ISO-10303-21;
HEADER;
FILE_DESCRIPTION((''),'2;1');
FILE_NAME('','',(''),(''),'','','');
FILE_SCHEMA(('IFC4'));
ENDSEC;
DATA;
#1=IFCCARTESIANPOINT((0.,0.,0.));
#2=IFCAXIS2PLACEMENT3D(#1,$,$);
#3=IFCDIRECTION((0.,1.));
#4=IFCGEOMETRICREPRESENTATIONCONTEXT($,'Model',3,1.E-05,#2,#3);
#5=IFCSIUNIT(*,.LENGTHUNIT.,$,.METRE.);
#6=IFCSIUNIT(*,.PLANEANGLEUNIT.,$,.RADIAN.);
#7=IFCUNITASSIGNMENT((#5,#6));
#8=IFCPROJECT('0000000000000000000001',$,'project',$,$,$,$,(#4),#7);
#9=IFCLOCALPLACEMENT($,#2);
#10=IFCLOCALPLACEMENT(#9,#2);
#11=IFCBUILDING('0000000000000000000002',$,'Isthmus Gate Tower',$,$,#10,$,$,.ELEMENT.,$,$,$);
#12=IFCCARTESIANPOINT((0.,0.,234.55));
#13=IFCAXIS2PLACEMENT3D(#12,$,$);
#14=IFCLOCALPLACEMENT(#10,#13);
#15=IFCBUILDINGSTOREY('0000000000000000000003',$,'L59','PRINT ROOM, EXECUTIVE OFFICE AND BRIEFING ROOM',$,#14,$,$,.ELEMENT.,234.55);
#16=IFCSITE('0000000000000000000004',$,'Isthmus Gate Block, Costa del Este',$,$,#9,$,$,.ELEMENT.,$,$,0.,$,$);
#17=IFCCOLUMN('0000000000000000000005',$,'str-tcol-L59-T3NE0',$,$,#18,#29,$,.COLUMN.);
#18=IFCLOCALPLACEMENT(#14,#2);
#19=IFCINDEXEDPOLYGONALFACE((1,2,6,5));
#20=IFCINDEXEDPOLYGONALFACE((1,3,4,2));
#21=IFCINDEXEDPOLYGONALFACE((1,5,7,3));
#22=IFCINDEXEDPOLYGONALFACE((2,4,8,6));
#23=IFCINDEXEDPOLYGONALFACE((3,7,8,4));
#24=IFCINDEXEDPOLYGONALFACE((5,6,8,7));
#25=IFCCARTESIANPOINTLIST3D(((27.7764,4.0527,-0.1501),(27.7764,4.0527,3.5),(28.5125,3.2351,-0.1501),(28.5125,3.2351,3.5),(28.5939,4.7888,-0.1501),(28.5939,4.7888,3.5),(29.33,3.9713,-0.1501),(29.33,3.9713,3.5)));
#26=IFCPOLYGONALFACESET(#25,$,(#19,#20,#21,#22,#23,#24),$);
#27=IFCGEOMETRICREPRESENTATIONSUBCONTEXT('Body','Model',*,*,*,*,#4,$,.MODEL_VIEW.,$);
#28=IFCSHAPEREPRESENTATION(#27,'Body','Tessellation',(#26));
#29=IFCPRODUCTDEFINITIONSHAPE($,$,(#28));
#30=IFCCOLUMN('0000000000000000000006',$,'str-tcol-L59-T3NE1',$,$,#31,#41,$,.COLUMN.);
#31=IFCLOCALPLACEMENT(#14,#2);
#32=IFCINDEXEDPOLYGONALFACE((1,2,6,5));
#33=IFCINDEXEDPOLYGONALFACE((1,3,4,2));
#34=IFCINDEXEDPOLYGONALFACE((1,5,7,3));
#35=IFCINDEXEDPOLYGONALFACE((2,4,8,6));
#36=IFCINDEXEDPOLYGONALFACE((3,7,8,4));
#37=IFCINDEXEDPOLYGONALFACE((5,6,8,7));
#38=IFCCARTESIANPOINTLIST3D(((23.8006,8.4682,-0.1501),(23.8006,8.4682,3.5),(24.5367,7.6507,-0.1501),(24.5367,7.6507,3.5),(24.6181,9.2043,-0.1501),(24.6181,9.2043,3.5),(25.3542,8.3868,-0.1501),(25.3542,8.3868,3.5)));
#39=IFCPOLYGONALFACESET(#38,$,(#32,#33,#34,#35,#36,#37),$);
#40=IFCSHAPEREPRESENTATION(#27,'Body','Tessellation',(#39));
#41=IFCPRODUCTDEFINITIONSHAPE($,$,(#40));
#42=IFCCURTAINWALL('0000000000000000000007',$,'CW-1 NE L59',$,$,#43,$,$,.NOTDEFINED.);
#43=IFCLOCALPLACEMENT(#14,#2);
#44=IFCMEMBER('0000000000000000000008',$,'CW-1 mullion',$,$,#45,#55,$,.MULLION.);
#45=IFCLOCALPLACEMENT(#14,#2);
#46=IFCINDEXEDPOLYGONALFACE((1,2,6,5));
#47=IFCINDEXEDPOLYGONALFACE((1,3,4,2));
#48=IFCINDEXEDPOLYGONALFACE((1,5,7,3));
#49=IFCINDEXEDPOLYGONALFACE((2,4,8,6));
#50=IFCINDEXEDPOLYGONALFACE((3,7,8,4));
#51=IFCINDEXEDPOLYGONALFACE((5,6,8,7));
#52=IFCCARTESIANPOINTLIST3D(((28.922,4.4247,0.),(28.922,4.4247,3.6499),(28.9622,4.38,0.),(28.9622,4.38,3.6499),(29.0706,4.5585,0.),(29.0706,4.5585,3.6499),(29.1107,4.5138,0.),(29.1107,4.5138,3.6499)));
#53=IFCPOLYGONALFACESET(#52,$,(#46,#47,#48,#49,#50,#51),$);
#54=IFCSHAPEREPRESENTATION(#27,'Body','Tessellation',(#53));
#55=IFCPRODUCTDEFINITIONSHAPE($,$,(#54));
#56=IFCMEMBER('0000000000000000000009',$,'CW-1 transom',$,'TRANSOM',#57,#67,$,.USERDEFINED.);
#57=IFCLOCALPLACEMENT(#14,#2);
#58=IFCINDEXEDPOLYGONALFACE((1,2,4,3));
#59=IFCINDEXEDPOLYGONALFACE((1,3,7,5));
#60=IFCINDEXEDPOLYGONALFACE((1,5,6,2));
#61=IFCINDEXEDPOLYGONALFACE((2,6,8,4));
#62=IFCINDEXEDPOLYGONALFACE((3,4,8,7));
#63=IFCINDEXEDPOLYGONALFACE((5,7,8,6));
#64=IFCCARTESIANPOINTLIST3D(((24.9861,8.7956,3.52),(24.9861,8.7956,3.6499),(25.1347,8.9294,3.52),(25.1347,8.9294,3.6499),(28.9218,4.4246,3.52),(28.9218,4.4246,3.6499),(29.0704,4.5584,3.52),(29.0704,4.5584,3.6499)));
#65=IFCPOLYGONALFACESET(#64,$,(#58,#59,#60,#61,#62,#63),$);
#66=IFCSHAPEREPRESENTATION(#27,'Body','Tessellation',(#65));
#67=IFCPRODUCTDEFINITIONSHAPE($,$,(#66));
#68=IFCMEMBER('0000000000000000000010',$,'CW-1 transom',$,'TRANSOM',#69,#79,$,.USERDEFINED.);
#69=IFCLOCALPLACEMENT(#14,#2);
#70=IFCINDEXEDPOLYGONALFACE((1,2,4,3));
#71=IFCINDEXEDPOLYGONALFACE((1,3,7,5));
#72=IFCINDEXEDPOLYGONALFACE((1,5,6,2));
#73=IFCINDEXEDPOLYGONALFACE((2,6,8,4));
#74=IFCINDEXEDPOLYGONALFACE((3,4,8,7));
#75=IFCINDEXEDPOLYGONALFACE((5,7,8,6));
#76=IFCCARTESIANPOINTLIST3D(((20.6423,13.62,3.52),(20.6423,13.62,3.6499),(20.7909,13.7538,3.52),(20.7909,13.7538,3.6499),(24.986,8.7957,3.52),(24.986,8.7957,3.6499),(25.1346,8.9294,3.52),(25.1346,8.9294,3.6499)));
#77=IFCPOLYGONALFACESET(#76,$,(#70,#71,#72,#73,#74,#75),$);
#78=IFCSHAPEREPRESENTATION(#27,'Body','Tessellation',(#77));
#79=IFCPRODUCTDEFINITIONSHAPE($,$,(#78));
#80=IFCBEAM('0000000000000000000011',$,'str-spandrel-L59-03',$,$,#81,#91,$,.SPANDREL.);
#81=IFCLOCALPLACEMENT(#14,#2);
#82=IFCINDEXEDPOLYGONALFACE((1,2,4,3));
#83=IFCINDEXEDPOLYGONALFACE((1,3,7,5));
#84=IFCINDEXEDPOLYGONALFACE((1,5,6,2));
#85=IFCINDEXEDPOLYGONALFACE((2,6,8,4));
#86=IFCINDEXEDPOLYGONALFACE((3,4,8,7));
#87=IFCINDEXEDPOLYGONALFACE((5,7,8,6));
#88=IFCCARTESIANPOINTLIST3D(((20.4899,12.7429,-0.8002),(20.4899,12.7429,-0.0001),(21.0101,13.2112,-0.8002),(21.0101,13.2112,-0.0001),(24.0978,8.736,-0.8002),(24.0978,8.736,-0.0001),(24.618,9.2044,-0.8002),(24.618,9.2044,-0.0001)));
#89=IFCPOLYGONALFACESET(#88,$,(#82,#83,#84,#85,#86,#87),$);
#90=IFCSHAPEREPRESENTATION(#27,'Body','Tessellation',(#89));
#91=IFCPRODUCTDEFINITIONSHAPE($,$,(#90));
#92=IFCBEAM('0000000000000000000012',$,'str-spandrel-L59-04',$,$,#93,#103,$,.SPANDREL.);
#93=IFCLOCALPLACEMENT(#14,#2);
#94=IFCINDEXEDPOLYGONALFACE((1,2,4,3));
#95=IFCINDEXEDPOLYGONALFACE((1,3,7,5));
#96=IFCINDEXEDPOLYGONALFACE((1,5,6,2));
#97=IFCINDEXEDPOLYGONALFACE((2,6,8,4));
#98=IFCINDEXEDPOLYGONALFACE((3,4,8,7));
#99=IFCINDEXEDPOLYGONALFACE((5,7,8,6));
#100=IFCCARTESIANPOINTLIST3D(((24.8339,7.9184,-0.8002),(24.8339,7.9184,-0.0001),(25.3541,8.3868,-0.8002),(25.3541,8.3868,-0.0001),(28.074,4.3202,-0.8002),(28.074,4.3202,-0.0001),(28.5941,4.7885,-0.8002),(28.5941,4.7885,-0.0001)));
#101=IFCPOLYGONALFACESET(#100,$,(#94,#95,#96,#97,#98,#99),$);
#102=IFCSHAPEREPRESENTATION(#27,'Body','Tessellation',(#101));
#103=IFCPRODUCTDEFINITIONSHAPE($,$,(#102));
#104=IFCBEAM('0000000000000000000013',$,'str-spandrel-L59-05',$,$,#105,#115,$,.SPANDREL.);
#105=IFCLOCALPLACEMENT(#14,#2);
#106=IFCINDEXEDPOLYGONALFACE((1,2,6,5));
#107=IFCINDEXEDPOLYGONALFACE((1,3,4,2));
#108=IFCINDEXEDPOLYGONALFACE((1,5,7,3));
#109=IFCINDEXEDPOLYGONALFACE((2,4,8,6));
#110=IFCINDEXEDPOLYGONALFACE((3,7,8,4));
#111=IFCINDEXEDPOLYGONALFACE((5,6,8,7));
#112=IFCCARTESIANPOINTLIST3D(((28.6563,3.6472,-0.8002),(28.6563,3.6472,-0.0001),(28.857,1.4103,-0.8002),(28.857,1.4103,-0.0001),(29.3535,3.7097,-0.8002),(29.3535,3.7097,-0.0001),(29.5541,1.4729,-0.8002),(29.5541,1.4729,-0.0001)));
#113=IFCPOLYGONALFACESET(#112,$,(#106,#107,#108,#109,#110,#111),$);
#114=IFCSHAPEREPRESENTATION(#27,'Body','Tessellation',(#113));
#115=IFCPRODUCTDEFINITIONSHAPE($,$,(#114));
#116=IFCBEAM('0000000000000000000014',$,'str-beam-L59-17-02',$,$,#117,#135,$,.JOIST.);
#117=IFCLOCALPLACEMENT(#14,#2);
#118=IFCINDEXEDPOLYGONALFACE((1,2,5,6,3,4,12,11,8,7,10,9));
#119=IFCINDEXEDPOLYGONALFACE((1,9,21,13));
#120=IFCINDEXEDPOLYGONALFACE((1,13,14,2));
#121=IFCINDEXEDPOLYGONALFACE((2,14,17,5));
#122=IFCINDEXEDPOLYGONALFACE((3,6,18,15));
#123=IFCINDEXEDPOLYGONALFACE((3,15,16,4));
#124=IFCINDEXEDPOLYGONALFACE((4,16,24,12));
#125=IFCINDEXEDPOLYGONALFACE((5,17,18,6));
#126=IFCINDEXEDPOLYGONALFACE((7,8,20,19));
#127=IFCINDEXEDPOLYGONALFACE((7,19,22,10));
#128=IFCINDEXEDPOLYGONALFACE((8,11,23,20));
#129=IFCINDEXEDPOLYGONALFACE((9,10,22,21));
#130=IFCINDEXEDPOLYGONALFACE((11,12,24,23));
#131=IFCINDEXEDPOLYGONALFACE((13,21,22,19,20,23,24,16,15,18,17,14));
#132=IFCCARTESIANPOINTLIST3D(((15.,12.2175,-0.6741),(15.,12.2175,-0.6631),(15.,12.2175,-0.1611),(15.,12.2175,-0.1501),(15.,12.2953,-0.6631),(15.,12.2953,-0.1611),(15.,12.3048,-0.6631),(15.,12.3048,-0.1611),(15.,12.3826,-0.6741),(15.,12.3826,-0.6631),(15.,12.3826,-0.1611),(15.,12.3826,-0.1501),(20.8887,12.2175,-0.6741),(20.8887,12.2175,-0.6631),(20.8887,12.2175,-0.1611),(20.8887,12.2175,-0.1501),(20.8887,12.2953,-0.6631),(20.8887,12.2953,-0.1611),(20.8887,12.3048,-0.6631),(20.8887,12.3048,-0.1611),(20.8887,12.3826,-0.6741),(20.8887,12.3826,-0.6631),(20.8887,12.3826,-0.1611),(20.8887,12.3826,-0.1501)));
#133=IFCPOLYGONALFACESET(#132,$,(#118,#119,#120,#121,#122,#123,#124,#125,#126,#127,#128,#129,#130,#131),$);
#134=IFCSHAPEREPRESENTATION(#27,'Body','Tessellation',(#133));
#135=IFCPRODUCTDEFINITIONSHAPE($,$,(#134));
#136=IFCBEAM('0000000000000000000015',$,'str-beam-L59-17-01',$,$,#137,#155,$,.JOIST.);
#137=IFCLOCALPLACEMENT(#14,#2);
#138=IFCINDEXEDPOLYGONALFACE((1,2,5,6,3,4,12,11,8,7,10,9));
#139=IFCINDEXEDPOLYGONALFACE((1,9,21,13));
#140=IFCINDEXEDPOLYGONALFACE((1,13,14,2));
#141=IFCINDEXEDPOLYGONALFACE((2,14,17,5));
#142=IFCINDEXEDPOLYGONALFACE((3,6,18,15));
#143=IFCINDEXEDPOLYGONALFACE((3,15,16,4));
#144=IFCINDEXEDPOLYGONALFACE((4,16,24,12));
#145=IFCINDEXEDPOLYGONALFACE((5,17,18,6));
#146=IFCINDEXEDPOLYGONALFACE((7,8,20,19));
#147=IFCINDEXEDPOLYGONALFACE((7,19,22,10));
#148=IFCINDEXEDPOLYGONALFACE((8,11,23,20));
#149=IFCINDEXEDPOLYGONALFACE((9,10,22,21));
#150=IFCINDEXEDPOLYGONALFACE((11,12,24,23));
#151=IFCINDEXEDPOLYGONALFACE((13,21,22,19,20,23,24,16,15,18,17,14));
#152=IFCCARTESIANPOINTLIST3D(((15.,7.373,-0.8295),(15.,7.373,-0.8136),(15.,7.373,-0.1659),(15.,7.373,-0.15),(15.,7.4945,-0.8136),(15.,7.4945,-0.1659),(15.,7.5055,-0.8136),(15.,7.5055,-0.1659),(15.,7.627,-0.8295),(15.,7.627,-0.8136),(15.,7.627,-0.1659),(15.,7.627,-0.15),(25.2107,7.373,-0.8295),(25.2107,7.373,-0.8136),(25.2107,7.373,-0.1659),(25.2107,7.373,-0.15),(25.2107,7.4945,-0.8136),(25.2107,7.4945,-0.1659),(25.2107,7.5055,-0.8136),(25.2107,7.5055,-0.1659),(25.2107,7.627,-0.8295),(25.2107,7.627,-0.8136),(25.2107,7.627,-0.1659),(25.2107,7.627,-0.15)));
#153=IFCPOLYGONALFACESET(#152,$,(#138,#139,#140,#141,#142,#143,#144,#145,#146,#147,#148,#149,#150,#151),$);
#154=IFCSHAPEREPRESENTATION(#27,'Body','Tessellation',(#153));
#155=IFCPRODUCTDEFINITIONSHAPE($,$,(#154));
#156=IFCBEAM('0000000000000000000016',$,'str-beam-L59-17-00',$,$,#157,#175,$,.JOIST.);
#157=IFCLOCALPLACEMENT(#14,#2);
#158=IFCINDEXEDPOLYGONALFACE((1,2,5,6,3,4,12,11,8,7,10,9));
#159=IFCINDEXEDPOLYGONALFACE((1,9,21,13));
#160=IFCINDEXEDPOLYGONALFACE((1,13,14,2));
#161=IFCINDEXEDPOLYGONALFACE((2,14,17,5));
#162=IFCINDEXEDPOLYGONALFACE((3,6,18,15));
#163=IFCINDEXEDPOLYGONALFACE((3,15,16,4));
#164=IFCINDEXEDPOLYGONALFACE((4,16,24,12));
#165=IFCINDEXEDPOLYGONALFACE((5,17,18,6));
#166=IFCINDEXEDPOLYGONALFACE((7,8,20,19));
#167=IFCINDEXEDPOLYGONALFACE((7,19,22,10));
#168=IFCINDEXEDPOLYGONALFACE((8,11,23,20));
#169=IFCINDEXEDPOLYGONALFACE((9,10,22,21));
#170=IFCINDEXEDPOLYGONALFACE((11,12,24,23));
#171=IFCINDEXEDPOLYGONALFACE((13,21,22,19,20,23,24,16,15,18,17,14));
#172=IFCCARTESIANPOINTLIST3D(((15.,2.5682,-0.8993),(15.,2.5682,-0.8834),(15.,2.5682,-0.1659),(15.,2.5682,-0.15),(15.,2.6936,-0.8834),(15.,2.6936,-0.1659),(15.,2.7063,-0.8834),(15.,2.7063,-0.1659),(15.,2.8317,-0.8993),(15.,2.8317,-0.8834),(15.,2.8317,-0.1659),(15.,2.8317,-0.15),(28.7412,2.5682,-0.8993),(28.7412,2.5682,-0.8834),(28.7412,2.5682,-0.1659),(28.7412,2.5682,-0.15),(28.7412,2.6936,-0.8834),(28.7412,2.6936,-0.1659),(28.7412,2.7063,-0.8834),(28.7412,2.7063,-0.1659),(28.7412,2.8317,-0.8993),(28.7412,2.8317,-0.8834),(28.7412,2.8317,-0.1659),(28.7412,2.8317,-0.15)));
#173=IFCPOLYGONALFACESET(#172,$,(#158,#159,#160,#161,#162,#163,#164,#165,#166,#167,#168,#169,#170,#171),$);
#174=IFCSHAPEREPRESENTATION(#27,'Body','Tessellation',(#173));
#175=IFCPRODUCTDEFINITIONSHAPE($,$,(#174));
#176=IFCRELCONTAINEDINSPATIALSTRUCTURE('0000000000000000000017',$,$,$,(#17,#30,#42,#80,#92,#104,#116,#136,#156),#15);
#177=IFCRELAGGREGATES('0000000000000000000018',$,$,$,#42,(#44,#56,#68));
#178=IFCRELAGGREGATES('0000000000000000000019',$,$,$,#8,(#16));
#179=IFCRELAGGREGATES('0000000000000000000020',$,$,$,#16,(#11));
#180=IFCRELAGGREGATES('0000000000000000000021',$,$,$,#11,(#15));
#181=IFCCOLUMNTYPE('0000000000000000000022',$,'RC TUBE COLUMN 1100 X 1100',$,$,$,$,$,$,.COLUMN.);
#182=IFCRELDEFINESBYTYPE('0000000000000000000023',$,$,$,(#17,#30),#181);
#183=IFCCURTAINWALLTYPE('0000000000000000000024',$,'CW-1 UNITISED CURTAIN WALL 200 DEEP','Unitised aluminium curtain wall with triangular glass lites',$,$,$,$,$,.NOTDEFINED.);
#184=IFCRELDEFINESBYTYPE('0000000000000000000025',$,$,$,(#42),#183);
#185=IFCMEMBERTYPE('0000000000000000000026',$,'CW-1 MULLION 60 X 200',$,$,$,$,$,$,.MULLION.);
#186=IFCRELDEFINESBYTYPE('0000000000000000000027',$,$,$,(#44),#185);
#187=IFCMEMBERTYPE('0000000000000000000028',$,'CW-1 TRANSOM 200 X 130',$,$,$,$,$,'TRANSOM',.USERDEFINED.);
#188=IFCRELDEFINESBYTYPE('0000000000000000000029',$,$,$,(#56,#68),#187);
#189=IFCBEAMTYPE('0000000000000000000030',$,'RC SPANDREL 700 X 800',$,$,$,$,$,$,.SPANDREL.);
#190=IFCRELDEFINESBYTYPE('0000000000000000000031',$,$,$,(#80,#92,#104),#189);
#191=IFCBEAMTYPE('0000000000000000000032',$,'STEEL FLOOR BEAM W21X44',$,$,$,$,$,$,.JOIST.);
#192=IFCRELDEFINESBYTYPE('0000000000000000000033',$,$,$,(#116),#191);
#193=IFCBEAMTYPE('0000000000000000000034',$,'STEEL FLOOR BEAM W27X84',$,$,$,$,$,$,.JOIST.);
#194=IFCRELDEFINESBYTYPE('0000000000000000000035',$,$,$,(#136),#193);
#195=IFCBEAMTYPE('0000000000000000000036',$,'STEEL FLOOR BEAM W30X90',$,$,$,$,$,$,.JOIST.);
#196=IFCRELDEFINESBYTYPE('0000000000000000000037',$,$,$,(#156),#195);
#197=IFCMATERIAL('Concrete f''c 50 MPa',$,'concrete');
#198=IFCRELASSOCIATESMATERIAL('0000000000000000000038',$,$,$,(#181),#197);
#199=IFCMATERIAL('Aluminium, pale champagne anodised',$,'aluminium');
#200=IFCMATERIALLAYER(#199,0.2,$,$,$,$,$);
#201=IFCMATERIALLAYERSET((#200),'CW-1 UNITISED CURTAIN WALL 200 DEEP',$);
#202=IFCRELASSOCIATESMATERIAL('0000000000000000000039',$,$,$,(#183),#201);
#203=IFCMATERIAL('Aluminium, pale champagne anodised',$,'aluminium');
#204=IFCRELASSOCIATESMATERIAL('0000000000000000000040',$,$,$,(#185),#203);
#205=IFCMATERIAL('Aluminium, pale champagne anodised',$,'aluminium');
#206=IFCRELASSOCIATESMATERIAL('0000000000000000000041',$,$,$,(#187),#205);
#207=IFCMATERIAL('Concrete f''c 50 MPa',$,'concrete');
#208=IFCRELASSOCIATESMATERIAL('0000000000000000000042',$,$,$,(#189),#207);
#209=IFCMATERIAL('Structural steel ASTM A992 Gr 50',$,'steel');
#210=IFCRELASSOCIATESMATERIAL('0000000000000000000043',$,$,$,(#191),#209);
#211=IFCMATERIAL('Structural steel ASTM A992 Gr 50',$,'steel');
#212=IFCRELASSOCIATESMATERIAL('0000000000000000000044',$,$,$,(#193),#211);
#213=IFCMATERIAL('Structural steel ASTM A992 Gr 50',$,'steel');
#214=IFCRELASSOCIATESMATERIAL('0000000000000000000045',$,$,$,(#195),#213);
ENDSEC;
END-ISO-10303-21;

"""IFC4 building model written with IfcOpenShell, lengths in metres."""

from ifc_helpers import new_model, si_unit, direction, frame, origin, origin_2d, place, context, subcontext, project, spatial, rectangle, i_section, extrude, material, layer, layer_set, material_profile, profile_set, type_object, element, aggregate, save


model = new_model("IFC4")

# Units and contexts
model_context = context("Model", 3, precision=1e-05, world=origin(), true_north=direction((0.0, 1.0)))
body_context = subcontext(model_context, "Body", "Model", "MODEL_VIEW")
ifc_project = project(units=[si_unit("LENGTHUNIT", "METRE"), si_unit("PLANEANGLEUNIT", "RADIAN")], contexts=[model_context])

# Site, building, storey
site_placement = place(None, origin())
site = spatial("IfcSite", under=ifc_project, at=site_placement, Name="Isthmus Gate Block, Costa del Este", CompositionType="ELEMENT", RefElevation=0.0)
building_placement = place(site_placement, origin())
building = spatial("IfcBuilding", under=site, at=building_placement, Name="Isthmus Gate Tower", CompositionType="ELEMENT")
storey_placement = place(building_placement, frame((0.0, 0.0, 234.55)))
storey = spatial("IfcBuildingStorey", under=building, at=storey_placement, Name="L59", Description="PRINT ROOM, EXECUTIVE OFFICE AND BRIEFING ROOM", CompositionType="ELEMENT", Elevation=234.55)

# Columns
ifc_material_1 = material(Name="Concrete f'c 50 MPa", Category="concrete")
ifc_material_profile_1 = material_profile(ifc_material_1, rectangle(XDim=1.1001, YDim=1.1001, at=origin_2d()), Name="RC 1100X1100")
ifc_profile_set_1 = profile_set([ifc_material_profile_1], Name="Concrete f'c 50 MPa")
column_type = type_object("IfcColumnType", Name="RC TUBE COLUMN 1100 X 1100", PredefinedType="COLUMN", material=ifc_profile_set_1)
for number, where, z_axis, x_axis, name in (
    (1, (28.5532, 4.012, -0.1501), (0.0, 0.0, 1.0), (-0.669131, 0.743145, 0.0), "str-tcol-L59-T3NE0"),
    (2, (24.5774, 8.4275, -0.1501), (0.0, 0.0, 1.0), (-0.669131, 0.743145, 0.0), "str-tcol-L59-T3NE1"),
):
    element("IfcColumn", number, at=place(storey_placement, frame(where, z_axis=z_axis, x_axis=x_axis)), inside=storey, type_object=column_type, Name=name, PredefinedType="COLUMN", context=body_context, shape_type="SweptSolid", body=[
        extrude(rectangle(XDim=1.1001, YDim=1.1001, at=origin_2d()), origin(), (0.0, 0.0, 1.0), 3.6501),
    ])

# Curtain wall, members
ifc_material_2 = material(Name="Aluminium, pale champagne anodised", Category="aluminium")
ifc_layer_1 = layer(ifc_material_2, 0.2)
ifc_layer_set_1 = layer_set([ifc_layer_1], Name="CW-1 UNITISED CURTAIN WALL 200 DEEP")
curtain_wall_type = type_object("IfcCurtainWallType", Name="CW-1 UNITISED CURTAIN WALL 200 DEEP", Description="Unitised aluminium curtain wall with triangular glass lites", PredefinedType="NOTDEFINED", material=ifc_layer_set_1)
curtain_wall_1_placement = place(storey_placement, origin())
curtain_wall_1 = element("IfcCurtainWall", 3, at=curtain_wall_1_placement, inside=storey, type_object=curtain_wall_type, Name="CW-1 NE L59", PredefinedType="NOTDEFINED")
ifc_material_3 = material(Name="Aluminium, pale champagne anodised", Category="aluminium")
ifc_material_profile_2 = material_profile(ifc_material_3, rectangle(XDim=0.0601, YDim=0.2, at=origin_2d()), Name="60x200")
ifc_profile_set_2 = profile_set([ifc_material_profile_2], Name="Aluminium, pale champagne anodised")
member_type_1 = type_object("IfcMemberType", Name="CW-1 MULLION 60 X 200", PredefinedType="MULLION", material=ifc_profile_set_2)
member_1_placement = place(storey_placement, frame((29.0164, 4.4692, 0.0), z_axis=(0.0, 0.0, 1.0), x_axis=(-0.669131, 0.743145, 0.0)))
member_1 = element("IfcMember", 4, at=member_1_placement, type_object=member_type_1, Name="CW-1 mullion", PredefinedType="MULLION", context=body_context, shape_type="SweptSolid", body=[
    extrude(rectangle(XDim=0.0601, YDim=0.2, at=origin_2d()), origin(), (0.0, 0.0, 1.0), 3.6499),
])
ifc_material_4 = material(Name="Aluminium, pale champagne anodised", Category="aluminium")
ifc_material_profile_3 = material_profile(ifc_material_4, rectangle(XDim=0.2, YDim=0.1299, at=origin_2d()), Name="200x130")
ifc_profile_set_3 = profile_set([ifc_material_profile_3], Name="Aluminium, pale champagne anodised")
member_type_2 = type_object("IfcMemberType", Name="CW-1 TRANSOM 200 X 130", ElementType="TRANSOM", PredefinedType="USERDEFINED", material=ifc_profile_set_3)
member_2_placement = place(storey_placement, frame((28.9961, 4.4915, 3.585), z_axis=(-0.669134, 0.743141, 0.0), x_axis=(-0.743141, -0.669134, 0.0)))
member_2 = element("IfcMember", 5, at=member_2_placement, type_object=member_type_2, Name="CW-1 transom", ObjectType="TRANSOM", PredefinedType="USERDEFINED", context=body_context, shape_type="SweptSolid", body=[
    extrude(rectangle(XDim=0.2, YDim=0.1299, at=origin_2d()), origin(), (0.0, 0.0, 1.0), 5.8818),
])
member_3_placement = place(storey_placement, frame((25.0603, 8.8625, 3.585), z_axis=(-0.669112, 0.743161, 0.0), x_axis=(-0.743161, -0.669112, 0.0)))
member_3 = element("IfcMember", 6, at=member_3_placement, type_object=member_type_2, Name="CW-1 transom", ObjectType="TRANSOM", PredefinedType="USERDEFINED", context=body_context, shape_type="SweptSolid", body=[
    extrude(rectangle(XDim=0.2, YDim=0.1299, at=origin_2d()), origin(), (0.0, 0.0, 1.0), 6.4917),
])

# Beams
ifc_material_5 = material(Name="Concrete f'c 50 MPa", Category="concrete")
ifc_material_profile_4 = material_profile(ifc_material_5, rectangle(XDim=0.7, YDim=0.8, at=origin_2d()), Name="RC 700X800")
ifc_profile_set_4 = profile_set([ifc_material_profile_4], Name="Concrete f'c 50 MPa")
beam_type_1 = type_object("IfcBeamType", Name="RC SPANDREL 700 X 800", PredefinedType="SPANDREL", material=ifc_profile_set_4)
beam_1_placement = place(storey_placement, frame((20.75, 12.9771, -0.4001), z_axis=(0.669145, -0.743132, 0.0), x_axis=(0.743132, 0.669145, 0.0)))
element("IfcBeam", 7, at=beam_1_placement, inside=storey, type_object=beam_type_1, Name="str-spandrel-L59-03", PredefinedType="SPANDREL", context=body_context, shape_type="SweptSolid", body=[
    extrude(rectangle(XDim=0.7, YDim=0.8, at=origin_2d()), origin(), (0.0, 0.0, 1.0), 5.3918),
])
beam_2_placement = place(storey_placement, frame((25.094, 8.1526, -0.4001), z_axis=(0.669154, -0.743124, 0.0), x_axis=(0.743124, 0.669154, 0.0)))
element("IfcBeam", 8, at=beam_2_placement, inside=storey, type_object=beam_type_1, Name="str-spandrel-L59-04", PredefinedType="SPANDREL", context=body_context, shape_type="SweptSolid", body=[
    extrude(rectangle(XDim=0.7, YDim=0.8, at=origin_2d()), origin(), (0.0, 0.0, 1.0), 4.842),
])
beam_3_placement = place(storey_placement, frame((29.0049, 3.6785, -0.4001), z_axis=(0.089359, -0.995999, 0.0), x_axis=(0.995999, 0.089359, 0.0)))
element("IfcBeam", 9, at=beam_3_placement, inside=storey, type_object=beam_type_1, Name="str-spandrel-L59-05", PredefinedType="SPANDREL", context=body_context, shape_type="SweptSolid", body=[
    extrude(rectangle(XDim=0.7, YDim=0.8, at=origin_2d()), origin(), (0.0, 0.0, 1.0), 2.2458),
])
ifc_material_6 = material(Name="Structural steel ASTM A992 Gr 50", Category="steel")
ifc_material_profile_5 = material_profile(ifc_material_6, i_section(OverallWidth=0.165, OverallDepth=0.5239, WebThickness=0.0095, FlangeThickness=0.011, at=origin_2d()), Name="W21X44")
ifc_profile_set_5 = profile_set([ifc_material_profile_5], Name="Structural steel ASTM A992 Gr 50")
beam_type_2 = type_object("IfcBeamType", Name="STEEL FLOOR BEAM W21X44", PredefinedType="JOIST", material=ifc_profile_set_5)
beam_4_placement = place(storey_placement, frame((15.0, 12.3, -0.4121), z_axis=(1.0, 0.0, 0.0), x_axis=(0.0, 1.0, 0.0)))
element("IfcBeam", 10, at=beam_4_placement, inside=storey, type_object=beam_type_2, Name="str-beam-L59-17-02", PredefinedType="JOIST", context=body_context, shape_type="SweptSolid", body=[
    extrude(i_section(OverallWidth=0.165, OverallDepth=0.5239, WebThickness=0.0095, FlangeThickness=0.011, at=origin_2d()), origin(), (0.0, 0.0, 1.0), 5.8887),
])
ifc_material_7 = material(Name="Structural steel ASTM A992 Gr 50", Category="steel")
ifc_material_profile_6 = material_profile(ifc_material_7, i_section(OverallWidth=0.2539, OverallDepth=0.6794, WebThickness=0.011, FlangeThickness=0.0159, at=origin_2d()), Name="W27X84")
ifc_profile_set_6 = profile_set([ifc_material_profile_6], Name="Structural steel ASTM A992 Gr 50")
beam_type_3 = type_object("IfcBeamType", Name="STEEL FLOOR BEAM W27X84", PredefinedType="JOIST", material=ifc_profile_set_6)
beam_5_placement = place(storey_placement, frame((15.0, 7.5, -0.4897), z_axis=(1.0, 0.0, 0.0), x_axis=(0.0, 1.0, 0.0)))
element("IfcBeam", 11, at=beam_5_placement, inside=storey, type_object=beam_type_3, Name="str-beam-L59-17-01", PredefinedType="JOIST", context=body_context, shape_type="SweptSolid", body=[
    extrude(i_section(OverallWidth=0.2539, OverallDepth=0.6794, WebThickness=0.011, FlangeThickness=0.0159, at=origin_2d()), origin(), (0.0, 0.0, 1.0), 10.2107),
])
ifc_material_8 = material(Name="Structural steel ASTM A992 Gr 50", Category="steel")
ifc_material_profile_7 = material_profile(ifc_material_8, i_section(OverallWidth=0.2634, OverallDepth=0.7493, WebThickness=0.0127, FlangeThickness=0.0159, at=origin_2d()), Name="W30X90")
ifc_profile_set_7 = profile_set([ifc_material_profile_7], Name="Structural steel ASTM A992 Gr 50")
beam_type_4 = type_object("IfcBeamType", Name="STEEL FLOOR BEAM W30X90", PredefinedType="JOIST", material=ifc_profile_set_7)
beam_6_placement = place(storey_placement, frame((15.0, 2.7, -0.5247), z_axis=(1.0, 0.0, 0.0), x_axis=(0.0, 1.0, 0.0)))
element("IfcBeam", 12, at=beam_6_placement, inside=storey, type_object=beam_type_4, Name="str-beam-L59-17-00", PredefinedType="JOIST", context=body_context, shape_type="SweptSolid", body=[
    extrude(i_section(OverallWidth=0.2634, OverallDepth=0.7493, WebThickness=0.0127, FlangeThickness=0.0159, at=origin_2d()), origin(), (0.0, 0.0, 1.0), 13.7412),
])

aggregate(curtain_wall_1, [member_1, member_2, member_3])

save(model, "model.ifc")
